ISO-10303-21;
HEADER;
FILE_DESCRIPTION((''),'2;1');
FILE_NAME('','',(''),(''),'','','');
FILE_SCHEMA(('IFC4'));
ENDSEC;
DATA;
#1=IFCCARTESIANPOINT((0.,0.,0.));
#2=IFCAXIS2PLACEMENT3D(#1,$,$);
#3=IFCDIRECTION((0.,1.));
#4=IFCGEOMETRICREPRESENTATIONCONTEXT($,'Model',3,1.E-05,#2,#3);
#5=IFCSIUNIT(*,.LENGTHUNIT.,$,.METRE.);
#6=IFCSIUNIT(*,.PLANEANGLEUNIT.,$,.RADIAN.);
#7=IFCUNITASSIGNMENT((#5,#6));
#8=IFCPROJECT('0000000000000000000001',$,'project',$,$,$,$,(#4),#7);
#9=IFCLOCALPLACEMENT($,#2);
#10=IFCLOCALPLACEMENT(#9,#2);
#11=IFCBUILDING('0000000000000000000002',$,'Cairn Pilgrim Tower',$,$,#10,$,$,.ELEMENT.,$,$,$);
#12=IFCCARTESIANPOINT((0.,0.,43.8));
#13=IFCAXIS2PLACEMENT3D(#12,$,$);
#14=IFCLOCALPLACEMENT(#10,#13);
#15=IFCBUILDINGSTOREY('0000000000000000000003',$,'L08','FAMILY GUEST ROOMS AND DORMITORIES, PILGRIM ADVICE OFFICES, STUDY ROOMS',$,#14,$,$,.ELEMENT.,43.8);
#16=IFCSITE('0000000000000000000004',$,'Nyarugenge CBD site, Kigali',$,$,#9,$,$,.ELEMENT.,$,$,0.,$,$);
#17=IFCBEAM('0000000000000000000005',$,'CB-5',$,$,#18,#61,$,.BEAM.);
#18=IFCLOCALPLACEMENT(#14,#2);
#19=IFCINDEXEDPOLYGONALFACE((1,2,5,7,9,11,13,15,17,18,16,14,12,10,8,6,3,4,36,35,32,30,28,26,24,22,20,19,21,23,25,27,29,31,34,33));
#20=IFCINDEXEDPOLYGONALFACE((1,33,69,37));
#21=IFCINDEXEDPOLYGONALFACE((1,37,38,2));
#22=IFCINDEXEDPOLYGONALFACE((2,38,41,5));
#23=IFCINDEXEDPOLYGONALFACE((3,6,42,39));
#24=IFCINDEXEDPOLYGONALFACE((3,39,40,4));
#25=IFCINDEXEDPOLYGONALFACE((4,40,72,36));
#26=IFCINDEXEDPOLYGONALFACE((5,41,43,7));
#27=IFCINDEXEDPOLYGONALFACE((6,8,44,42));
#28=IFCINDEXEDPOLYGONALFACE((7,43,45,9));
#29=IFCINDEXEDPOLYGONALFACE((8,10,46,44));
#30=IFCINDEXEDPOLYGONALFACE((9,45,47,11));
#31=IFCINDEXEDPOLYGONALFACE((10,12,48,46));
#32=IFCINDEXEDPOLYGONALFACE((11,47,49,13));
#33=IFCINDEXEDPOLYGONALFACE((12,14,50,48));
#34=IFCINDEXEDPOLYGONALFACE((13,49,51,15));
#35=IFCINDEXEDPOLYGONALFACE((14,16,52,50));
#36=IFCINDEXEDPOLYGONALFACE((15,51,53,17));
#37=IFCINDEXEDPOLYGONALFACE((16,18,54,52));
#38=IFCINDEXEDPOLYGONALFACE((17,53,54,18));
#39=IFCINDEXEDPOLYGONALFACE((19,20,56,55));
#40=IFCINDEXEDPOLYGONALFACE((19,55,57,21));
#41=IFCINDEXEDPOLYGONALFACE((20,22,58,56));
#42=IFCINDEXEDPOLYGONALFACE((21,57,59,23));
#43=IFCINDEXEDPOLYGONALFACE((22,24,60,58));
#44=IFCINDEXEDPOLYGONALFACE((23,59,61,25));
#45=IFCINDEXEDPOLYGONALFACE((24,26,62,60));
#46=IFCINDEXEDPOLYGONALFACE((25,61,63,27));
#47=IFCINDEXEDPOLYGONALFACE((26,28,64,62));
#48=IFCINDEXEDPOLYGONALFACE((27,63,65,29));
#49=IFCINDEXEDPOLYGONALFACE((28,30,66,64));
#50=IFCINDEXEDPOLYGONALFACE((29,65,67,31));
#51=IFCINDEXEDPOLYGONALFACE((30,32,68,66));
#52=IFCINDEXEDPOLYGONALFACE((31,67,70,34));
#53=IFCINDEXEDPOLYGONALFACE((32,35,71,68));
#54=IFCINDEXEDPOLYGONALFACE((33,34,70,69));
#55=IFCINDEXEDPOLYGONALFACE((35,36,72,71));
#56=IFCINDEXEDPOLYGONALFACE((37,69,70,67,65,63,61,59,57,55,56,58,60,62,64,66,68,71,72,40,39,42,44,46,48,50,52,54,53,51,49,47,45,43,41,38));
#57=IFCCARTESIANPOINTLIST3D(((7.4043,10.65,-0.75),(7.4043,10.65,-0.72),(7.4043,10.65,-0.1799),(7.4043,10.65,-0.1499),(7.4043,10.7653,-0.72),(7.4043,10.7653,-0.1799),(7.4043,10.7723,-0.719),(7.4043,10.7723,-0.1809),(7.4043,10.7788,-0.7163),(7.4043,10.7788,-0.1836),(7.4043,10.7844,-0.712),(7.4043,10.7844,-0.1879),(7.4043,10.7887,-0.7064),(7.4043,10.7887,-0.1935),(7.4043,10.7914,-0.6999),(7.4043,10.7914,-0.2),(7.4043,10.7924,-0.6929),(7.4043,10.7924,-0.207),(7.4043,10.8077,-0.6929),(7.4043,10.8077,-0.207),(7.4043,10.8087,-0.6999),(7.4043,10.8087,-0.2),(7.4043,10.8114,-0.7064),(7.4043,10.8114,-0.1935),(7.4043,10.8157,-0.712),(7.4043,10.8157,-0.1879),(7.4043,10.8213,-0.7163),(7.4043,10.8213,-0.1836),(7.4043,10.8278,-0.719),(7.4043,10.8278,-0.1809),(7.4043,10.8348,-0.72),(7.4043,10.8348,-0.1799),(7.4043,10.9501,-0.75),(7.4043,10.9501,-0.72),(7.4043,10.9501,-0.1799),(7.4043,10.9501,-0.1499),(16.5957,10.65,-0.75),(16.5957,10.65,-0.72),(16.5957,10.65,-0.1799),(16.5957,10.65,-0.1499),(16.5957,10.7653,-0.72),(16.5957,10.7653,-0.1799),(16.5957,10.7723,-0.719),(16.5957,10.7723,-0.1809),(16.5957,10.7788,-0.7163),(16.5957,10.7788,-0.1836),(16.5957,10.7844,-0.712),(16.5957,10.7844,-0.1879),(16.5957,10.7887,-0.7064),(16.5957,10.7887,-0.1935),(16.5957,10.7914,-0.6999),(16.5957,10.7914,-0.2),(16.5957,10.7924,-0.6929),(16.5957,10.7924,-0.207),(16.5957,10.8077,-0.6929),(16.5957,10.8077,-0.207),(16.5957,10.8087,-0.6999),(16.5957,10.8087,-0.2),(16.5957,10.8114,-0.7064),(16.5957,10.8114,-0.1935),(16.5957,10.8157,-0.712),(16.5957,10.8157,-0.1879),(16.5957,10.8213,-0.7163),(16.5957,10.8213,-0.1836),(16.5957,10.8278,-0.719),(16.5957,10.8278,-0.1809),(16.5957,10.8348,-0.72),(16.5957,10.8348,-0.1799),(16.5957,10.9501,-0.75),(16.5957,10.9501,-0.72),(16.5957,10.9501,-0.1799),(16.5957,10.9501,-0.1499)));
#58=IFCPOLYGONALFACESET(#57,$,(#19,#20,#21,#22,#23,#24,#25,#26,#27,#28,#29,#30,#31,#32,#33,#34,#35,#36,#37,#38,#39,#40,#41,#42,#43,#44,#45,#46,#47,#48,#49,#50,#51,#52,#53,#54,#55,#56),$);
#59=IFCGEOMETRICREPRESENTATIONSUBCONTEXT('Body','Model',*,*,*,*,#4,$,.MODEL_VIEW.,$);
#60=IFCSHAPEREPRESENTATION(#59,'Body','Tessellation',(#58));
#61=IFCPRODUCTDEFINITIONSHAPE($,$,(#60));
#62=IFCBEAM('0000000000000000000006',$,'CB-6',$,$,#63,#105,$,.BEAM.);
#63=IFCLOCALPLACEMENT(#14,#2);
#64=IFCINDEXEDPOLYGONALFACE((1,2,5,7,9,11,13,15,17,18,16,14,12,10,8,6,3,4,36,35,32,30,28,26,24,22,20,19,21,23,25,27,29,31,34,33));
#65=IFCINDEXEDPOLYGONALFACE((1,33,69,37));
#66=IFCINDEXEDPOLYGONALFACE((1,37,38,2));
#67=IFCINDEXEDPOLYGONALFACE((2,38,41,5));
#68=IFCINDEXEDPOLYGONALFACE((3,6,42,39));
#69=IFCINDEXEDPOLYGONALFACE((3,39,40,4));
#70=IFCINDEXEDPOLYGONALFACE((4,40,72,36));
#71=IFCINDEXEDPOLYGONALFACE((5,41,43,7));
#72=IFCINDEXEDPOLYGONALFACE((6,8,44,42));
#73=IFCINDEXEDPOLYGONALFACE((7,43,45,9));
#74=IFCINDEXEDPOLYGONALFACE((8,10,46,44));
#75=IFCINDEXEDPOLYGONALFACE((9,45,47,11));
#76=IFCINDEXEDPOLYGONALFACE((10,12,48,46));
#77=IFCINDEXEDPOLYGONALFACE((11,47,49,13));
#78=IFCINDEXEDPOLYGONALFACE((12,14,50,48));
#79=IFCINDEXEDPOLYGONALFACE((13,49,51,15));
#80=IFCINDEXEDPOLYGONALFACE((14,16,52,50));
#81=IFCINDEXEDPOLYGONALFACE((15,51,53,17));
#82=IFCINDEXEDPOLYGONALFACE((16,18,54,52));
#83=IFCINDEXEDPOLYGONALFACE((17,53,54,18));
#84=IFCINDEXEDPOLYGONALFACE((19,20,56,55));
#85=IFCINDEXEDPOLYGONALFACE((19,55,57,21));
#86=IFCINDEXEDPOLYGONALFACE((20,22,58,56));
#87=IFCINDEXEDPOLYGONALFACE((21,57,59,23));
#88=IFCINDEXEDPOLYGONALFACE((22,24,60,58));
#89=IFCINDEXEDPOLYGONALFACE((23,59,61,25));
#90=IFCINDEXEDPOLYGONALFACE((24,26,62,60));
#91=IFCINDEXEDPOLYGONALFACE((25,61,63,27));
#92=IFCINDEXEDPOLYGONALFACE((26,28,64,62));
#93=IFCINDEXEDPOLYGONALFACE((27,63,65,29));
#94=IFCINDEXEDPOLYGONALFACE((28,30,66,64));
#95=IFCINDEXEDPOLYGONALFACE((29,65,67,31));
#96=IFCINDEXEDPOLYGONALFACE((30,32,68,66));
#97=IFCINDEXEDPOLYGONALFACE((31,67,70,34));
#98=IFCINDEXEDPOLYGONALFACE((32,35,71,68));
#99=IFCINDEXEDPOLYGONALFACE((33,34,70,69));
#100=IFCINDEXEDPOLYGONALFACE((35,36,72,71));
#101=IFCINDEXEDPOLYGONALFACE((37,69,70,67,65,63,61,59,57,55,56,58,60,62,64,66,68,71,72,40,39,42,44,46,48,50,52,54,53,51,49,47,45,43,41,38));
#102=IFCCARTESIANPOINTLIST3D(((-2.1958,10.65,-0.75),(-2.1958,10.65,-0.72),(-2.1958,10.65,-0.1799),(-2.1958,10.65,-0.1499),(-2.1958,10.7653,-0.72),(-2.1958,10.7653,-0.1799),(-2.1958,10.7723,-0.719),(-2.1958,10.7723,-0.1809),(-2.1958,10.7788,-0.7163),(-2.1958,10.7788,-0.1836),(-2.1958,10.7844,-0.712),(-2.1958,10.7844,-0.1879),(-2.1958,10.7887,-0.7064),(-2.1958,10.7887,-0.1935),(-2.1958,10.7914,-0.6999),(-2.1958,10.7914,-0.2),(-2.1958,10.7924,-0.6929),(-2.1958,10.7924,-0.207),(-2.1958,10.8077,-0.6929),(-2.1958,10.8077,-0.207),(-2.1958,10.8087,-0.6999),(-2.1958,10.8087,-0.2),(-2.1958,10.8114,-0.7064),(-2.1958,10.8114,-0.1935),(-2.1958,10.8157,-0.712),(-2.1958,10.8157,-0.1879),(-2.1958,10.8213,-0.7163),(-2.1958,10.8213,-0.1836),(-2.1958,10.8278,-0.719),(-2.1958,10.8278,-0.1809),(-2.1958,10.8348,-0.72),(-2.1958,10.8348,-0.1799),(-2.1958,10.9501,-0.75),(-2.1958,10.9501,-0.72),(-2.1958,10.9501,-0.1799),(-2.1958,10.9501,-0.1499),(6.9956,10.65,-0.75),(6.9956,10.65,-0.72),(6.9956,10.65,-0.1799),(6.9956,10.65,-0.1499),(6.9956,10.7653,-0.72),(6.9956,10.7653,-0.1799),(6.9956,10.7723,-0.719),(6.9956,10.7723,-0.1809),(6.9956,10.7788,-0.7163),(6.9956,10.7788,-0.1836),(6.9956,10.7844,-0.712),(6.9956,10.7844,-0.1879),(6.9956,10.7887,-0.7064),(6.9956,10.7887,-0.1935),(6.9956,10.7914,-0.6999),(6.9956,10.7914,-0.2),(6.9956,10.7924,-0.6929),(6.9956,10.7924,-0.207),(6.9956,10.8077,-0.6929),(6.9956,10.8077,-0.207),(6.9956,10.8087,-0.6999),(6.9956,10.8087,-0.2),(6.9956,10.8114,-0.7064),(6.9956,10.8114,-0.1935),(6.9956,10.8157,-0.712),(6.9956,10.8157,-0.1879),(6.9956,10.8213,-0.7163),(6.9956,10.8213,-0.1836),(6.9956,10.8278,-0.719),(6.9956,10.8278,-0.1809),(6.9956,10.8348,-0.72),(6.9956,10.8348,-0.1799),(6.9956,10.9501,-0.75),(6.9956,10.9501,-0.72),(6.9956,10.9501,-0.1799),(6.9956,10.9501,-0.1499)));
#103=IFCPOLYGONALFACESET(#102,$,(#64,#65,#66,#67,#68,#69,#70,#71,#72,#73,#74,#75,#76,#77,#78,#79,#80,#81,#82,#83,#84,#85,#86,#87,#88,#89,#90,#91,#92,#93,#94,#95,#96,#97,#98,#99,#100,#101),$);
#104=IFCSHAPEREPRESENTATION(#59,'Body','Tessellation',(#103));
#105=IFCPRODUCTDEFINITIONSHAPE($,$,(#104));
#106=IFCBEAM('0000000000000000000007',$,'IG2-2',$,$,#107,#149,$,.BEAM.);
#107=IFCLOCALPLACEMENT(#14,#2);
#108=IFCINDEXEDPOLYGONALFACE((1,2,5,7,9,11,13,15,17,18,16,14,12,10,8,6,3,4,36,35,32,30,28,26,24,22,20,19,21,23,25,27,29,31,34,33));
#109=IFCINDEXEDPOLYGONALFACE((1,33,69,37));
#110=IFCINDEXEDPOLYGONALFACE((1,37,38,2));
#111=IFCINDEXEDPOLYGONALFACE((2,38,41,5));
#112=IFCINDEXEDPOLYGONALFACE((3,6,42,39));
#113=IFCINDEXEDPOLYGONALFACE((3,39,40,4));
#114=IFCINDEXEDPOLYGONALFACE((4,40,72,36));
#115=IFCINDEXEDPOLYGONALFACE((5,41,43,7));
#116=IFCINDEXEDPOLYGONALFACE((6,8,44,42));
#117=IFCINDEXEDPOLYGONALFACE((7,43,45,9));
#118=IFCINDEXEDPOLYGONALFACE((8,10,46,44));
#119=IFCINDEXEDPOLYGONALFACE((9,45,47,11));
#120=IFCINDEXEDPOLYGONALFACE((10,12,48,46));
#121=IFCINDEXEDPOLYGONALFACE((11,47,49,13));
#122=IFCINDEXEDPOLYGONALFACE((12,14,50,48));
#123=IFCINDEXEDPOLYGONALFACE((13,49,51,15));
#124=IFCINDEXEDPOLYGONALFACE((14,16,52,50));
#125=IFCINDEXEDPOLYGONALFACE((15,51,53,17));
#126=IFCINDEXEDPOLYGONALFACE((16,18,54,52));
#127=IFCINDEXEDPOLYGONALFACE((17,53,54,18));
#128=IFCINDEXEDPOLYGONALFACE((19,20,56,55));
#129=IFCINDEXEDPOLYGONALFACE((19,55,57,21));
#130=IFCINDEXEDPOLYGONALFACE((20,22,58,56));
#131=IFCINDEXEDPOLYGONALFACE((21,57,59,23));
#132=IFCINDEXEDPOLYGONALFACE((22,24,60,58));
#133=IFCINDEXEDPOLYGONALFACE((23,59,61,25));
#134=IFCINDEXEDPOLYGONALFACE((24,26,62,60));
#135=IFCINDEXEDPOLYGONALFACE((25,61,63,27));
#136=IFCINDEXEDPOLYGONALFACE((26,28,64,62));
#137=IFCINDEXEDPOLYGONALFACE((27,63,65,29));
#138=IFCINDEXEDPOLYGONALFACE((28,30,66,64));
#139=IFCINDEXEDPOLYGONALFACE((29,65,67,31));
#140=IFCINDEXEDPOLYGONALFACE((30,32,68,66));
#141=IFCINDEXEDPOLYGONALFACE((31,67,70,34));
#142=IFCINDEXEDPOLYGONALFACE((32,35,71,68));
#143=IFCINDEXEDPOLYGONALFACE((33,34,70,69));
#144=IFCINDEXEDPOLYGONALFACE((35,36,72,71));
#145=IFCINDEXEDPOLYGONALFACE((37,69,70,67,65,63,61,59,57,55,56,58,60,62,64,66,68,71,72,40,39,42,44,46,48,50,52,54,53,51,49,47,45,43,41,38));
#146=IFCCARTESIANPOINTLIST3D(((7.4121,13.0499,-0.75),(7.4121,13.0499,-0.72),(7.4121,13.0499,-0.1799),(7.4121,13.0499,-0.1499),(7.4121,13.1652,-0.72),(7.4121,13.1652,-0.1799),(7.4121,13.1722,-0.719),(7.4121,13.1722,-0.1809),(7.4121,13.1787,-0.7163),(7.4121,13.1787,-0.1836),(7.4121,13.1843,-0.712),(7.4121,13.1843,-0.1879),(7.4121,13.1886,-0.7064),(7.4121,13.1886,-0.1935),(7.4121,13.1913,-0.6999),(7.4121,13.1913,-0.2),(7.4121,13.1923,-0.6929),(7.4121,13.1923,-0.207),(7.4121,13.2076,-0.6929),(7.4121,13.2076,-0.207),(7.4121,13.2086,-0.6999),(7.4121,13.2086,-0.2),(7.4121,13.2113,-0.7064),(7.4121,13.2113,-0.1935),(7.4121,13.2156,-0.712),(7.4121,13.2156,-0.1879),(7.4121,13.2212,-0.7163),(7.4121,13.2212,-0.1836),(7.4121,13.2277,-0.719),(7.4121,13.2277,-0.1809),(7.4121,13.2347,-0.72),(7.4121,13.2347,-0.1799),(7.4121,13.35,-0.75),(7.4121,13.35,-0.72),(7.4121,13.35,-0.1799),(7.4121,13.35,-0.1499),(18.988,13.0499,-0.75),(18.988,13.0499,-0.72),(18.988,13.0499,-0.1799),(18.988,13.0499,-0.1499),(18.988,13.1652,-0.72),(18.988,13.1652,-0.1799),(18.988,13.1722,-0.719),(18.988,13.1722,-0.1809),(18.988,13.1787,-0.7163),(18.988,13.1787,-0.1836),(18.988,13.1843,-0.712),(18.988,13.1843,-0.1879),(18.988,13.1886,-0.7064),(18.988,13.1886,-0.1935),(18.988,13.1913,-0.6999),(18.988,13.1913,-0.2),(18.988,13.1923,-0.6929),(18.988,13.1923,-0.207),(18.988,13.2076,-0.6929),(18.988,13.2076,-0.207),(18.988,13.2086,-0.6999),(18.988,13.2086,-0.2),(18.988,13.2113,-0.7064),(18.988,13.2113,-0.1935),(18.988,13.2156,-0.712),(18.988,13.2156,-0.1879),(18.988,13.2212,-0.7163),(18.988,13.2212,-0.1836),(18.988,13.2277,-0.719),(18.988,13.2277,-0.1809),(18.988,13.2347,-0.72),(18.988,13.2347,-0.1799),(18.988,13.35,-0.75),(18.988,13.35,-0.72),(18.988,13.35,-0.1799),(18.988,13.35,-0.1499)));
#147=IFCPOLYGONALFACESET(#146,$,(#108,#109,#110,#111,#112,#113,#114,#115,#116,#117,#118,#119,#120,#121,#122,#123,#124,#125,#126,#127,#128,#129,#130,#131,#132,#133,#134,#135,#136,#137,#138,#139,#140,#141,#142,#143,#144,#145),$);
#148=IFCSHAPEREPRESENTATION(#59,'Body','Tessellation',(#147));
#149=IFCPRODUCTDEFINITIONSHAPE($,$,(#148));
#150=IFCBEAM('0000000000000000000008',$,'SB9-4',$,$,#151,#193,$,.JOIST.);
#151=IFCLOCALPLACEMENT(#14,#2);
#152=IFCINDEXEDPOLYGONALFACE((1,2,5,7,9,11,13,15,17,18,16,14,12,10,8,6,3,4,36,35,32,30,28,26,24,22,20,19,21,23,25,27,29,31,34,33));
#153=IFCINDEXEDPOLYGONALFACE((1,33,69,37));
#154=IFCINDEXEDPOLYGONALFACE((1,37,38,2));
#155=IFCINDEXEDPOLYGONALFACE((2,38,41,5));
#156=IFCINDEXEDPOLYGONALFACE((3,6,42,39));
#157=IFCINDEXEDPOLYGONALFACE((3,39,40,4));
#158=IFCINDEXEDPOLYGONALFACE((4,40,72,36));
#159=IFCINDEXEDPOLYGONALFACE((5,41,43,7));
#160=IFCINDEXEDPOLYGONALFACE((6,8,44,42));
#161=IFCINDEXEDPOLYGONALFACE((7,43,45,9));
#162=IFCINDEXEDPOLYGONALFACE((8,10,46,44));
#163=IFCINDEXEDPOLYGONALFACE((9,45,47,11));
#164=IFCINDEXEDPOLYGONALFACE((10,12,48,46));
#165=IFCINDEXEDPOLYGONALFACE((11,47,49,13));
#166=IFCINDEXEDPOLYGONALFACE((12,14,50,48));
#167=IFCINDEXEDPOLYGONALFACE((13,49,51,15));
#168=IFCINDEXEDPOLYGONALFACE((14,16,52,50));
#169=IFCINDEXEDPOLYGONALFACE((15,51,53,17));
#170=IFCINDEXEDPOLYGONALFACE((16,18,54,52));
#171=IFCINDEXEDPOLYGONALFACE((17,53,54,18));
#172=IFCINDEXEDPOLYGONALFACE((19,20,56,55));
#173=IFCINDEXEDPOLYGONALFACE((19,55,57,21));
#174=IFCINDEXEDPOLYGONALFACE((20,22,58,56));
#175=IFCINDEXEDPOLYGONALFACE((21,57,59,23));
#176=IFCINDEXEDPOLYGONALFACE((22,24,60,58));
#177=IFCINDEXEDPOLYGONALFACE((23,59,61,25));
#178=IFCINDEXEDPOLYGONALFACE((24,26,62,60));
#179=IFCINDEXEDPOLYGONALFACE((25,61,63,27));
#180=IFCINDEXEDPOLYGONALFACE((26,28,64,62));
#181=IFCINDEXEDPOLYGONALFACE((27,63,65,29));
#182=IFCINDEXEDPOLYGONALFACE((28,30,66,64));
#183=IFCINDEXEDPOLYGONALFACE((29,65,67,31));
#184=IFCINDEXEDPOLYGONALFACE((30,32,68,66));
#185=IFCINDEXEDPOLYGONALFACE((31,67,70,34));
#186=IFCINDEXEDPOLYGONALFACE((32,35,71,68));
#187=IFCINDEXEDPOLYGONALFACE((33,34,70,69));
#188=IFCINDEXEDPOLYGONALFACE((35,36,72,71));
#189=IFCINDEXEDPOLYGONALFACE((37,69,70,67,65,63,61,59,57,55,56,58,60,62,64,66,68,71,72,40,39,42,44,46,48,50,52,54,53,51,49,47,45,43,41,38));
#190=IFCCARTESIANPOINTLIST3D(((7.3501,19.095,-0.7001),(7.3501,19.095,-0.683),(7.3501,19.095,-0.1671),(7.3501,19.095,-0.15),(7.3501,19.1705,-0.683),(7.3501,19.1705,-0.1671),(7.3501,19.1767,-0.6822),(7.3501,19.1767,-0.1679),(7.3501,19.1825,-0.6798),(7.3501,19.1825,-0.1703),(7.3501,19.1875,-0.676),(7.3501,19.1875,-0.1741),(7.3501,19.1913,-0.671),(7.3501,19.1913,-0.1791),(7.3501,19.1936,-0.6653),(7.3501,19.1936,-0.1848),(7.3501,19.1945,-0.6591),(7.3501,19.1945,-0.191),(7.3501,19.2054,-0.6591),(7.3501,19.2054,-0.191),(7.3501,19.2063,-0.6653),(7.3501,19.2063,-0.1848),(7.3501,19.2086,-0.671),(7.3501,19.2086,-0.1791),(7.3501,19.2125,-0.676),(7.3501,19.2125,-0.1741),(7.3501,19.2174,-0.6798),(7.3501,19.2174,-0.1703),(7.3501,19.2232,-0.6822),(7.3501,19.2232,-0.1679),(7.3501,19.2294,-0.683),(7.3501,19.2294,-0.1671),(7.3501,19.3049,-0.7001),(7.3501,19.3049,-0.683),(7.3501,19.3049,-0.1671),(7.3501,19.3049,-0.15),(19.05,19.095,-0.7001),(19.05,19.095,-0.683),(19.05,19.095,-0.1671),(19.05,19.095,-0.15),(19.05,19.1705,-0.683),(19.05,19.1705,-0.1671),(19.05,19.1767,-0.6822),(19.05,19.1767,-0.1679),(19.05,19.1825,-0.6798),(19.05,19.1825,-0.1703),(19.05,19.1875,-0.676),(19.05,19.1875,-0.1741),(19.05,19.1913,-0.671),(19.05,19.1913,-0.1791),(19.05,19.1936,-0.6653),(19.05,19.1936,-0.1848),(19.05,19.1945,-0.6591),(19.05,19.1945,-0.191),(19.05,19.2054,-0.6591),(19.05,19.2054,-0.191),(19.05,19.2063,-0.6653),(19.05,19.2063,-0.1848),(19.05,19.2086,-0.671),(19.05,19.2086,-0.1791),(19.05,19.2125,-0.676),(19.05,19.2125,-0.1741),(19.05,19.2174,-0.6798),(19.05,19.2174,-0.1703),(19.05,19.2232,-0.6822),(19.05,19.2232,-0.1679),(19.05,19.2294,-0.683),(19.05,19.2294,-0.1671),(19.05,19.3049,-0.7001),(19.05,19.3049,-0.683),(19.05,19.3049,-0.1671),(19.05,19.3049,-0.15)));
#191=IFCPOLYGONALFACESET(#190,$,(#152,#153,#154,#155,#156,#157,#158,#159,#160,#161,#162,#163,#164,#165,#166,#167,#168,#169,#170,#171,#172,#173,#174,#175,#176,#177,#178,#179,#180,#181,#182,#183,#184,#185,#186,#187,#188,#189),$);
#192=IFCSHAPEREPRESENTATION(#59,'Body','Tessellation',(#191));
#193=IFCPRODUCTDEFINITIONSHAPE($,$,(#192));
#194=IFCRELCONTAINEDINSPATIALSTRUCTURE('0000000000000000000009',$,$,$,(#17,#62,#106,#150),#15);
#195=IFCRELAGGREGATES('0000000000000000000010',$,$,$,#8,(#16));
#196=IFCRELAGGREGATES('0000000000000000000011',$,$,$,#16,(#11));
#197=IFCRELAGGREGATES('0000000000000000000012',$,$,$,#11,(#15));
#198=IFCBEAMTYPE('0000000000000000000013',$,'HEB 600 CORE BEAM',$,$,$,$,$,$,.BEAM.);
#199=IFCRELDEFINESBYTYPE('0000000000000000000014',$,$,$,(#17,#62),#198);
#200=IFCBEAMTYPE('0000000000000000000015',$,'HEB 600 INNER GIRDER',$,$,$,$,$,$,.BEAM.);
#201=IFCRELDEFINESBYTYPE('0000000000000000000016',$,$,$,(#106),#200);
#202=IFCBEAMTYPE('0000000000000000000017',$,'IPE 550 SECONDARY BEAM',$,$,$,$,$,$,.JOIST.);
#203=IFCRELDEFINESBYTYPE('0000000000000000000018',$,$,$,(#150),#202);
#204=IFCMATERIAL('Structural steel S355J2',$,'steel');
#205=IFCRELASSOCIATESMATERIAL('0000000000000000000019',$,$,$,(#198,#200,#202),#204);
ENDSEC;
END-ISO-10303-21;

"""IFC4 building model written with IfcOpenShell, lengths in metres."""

from ifc_helpers import new_model, si_unit, direction, frame, origin, origin_2d, place, context, subcontext, project, spatial, i_section, extrude, material, material_profile, profile_set, type_object, element, save


model = new_model("IFC4")

# Units and contexts
model_context = context("Model", 3, precision=1e-05, world=origin(), true_north=direction((0.0, 1.0)))
body_context = subcontext(model_context, "Body", "Model", "MODEL_VIEW")
ifc_project = project(units=[si_unit("LENGTHUNIT", "METRE"), si_unit("PLANEANGLEUNIT", "RADIAN")], contexts=[model_context])

# Site, building, storey
site_placement = place(None, origin())
site = spatial("IfcSite", under=ifc_project, at=site_placement, Name="Nyarugenge CBD site, Kigali", CompositionType="ELEMENT", RefElevation=0.0)
building_placement = place(site_placement, origin())
building = spatial("IfcBuilding", under=site, at=building_placement, Name="Cairn Pilgrim Tower", CompositionType="ELEMENT")
storey_placement = place(building_placement, frame((0.0, 0.0, 43.8)))
storey = spatial("IfcBuildingStorey", under=building, at=storey_placement, Name="L08", Description="FAMILY GUEST ROOMS AND DORMITORIES, PILGRIM ADVICE OFFICES, STUDY ROOMS", CompositionType="ELEMENT", Elevation=43.8)

# Beams
ifc_material_1 = material(Name="Structural steel S355J2", Category="steel")
ifc_material_profile_1 = material_profile(ifc_material_1, i_section(OverallWidth=0.3, OverallDepth=0.6001, WebThickness=0.0154, FlangeThickness=0.03, FilletRadius=0.0271, at=origin_2d()), Name="HEB 600")
ifc_profile_set_1 = profile_set([ifc_material_profile_1], Name="Structural steel S355J2")
beam_type_1 = type_object("IfcBeamType", Name="HEB 600 CORE BEAM", PredefinedType="BEAM", material=ifc_profile_set_1)
for number, where, z_axis, x_axis, name in (
    (1, (16.5957, 10.8, -0.45), (-1.0, 0.0, 0.0), (0.0, -1.0, 0.0), "CB-5"),
    (2, (6.9956, 10.8, -0.45), (-1.0, 0.0, 0.0), (0.0, -1.0, 0.0), "CB-6"),
):
    element("IfcBeam", number, at=place(storey_placement, frame(where, z_axis=z_axis, x_axis=x_axis)), inside=storey, type_object=beam_type_1, Name=name, PredefinedType="BEAM", context=body_context, shape_type="SweptSolid", body=[
        extrude(i_section(OverallWidth=0.3, OverallDepth=0.6001, WebThickness=0.0154, FlangeThickness=0.03, FilletRadius=0.0271, at=origin_2d()), origin(), (0.0, 0.0, 1.0), 9.1914),
    ])
ifc_material_profile_2 = material_profile(ifc_material_1, i_section(OverallWidth=0.3, OverallDepth=0.6001, WebThickness=0.0154, FlangeThickness=0.03, FilletRadius=0.0271, at=origin_2d()), Name="HEB 600")
ifc_profile_set_2 = profile_set([ifc_material_profile_2], Name="Structural steel S355J2")
beam_type_2 = type_object("IfcBeamType", Name="HEB 600 INNER GIRDER", PredefinedType="BEAM", material=ifc_profile_set_2)
beam_1_placement = place(storey_placement, frame((7.4121, 13.2, -0.45), z_axis=(1.0, 0.0, 0.0), x_axis=(0.0, 1.0, 0.0)))
element("IfcBeam", 3, at=beam_1_placement, inside=storey, type_object=beam_type_2, Name="IG2-2", PredefinedType="BEAM", context=body_context, shape_type="SweptSolid", body=[
    extrude(i_section(OverallWidth=0.3, OverallDepth=0.6001, WebThickness=0.0154, FlangeThickness=0.03, FilletRadius=0.0271, at=origin_2d()), origin(), (0.0, 0.0, 1.0), 11.5759),
])
ifc_material_profile_3 = material_profile(ifc_material_1, i_section(OverallWidth=0.21, OverallDepth=0.55, WebThickness=0.011, FlangeThickness=0.0171, FilletRadius=0.0239, at=origin_2d()), Name="IPE 550")
ifc_profile_set_3 = profile_set([ifc_material_profile_3], Name="Structural steel S355J2")
beam_type_3 = type_object("IfcBeamType", Name="IPE 550 SECONDARY BEAM", PredefinedType="JOIST", material=ifc_profile_set_3)
beam_2_placement = place(storey_placement, frame((7.3501, 19.2, -0.425), z_axis=(1.0, 0.0, 0.0), x_axis=(0.0, 1.0, 0.0)))
element("IfcBeam", 4, at=beam_2_placement, inside=storey, type_object=beam_type_3, Name="SB9-4", PredefinedType="JOIST", context=body_context, shape_type="SweptSolid", body=[
    extrude(i_section(OverallWidth=0.21, OverallDepth=0.55, WebThickness=0.011, FlangeThickness=0.0171, FilletRadius=0.0239, at=origin_2d()), origin(), (0.0, 0.0, 1.0), 11.7),
])

save(model, "model.ifc")
